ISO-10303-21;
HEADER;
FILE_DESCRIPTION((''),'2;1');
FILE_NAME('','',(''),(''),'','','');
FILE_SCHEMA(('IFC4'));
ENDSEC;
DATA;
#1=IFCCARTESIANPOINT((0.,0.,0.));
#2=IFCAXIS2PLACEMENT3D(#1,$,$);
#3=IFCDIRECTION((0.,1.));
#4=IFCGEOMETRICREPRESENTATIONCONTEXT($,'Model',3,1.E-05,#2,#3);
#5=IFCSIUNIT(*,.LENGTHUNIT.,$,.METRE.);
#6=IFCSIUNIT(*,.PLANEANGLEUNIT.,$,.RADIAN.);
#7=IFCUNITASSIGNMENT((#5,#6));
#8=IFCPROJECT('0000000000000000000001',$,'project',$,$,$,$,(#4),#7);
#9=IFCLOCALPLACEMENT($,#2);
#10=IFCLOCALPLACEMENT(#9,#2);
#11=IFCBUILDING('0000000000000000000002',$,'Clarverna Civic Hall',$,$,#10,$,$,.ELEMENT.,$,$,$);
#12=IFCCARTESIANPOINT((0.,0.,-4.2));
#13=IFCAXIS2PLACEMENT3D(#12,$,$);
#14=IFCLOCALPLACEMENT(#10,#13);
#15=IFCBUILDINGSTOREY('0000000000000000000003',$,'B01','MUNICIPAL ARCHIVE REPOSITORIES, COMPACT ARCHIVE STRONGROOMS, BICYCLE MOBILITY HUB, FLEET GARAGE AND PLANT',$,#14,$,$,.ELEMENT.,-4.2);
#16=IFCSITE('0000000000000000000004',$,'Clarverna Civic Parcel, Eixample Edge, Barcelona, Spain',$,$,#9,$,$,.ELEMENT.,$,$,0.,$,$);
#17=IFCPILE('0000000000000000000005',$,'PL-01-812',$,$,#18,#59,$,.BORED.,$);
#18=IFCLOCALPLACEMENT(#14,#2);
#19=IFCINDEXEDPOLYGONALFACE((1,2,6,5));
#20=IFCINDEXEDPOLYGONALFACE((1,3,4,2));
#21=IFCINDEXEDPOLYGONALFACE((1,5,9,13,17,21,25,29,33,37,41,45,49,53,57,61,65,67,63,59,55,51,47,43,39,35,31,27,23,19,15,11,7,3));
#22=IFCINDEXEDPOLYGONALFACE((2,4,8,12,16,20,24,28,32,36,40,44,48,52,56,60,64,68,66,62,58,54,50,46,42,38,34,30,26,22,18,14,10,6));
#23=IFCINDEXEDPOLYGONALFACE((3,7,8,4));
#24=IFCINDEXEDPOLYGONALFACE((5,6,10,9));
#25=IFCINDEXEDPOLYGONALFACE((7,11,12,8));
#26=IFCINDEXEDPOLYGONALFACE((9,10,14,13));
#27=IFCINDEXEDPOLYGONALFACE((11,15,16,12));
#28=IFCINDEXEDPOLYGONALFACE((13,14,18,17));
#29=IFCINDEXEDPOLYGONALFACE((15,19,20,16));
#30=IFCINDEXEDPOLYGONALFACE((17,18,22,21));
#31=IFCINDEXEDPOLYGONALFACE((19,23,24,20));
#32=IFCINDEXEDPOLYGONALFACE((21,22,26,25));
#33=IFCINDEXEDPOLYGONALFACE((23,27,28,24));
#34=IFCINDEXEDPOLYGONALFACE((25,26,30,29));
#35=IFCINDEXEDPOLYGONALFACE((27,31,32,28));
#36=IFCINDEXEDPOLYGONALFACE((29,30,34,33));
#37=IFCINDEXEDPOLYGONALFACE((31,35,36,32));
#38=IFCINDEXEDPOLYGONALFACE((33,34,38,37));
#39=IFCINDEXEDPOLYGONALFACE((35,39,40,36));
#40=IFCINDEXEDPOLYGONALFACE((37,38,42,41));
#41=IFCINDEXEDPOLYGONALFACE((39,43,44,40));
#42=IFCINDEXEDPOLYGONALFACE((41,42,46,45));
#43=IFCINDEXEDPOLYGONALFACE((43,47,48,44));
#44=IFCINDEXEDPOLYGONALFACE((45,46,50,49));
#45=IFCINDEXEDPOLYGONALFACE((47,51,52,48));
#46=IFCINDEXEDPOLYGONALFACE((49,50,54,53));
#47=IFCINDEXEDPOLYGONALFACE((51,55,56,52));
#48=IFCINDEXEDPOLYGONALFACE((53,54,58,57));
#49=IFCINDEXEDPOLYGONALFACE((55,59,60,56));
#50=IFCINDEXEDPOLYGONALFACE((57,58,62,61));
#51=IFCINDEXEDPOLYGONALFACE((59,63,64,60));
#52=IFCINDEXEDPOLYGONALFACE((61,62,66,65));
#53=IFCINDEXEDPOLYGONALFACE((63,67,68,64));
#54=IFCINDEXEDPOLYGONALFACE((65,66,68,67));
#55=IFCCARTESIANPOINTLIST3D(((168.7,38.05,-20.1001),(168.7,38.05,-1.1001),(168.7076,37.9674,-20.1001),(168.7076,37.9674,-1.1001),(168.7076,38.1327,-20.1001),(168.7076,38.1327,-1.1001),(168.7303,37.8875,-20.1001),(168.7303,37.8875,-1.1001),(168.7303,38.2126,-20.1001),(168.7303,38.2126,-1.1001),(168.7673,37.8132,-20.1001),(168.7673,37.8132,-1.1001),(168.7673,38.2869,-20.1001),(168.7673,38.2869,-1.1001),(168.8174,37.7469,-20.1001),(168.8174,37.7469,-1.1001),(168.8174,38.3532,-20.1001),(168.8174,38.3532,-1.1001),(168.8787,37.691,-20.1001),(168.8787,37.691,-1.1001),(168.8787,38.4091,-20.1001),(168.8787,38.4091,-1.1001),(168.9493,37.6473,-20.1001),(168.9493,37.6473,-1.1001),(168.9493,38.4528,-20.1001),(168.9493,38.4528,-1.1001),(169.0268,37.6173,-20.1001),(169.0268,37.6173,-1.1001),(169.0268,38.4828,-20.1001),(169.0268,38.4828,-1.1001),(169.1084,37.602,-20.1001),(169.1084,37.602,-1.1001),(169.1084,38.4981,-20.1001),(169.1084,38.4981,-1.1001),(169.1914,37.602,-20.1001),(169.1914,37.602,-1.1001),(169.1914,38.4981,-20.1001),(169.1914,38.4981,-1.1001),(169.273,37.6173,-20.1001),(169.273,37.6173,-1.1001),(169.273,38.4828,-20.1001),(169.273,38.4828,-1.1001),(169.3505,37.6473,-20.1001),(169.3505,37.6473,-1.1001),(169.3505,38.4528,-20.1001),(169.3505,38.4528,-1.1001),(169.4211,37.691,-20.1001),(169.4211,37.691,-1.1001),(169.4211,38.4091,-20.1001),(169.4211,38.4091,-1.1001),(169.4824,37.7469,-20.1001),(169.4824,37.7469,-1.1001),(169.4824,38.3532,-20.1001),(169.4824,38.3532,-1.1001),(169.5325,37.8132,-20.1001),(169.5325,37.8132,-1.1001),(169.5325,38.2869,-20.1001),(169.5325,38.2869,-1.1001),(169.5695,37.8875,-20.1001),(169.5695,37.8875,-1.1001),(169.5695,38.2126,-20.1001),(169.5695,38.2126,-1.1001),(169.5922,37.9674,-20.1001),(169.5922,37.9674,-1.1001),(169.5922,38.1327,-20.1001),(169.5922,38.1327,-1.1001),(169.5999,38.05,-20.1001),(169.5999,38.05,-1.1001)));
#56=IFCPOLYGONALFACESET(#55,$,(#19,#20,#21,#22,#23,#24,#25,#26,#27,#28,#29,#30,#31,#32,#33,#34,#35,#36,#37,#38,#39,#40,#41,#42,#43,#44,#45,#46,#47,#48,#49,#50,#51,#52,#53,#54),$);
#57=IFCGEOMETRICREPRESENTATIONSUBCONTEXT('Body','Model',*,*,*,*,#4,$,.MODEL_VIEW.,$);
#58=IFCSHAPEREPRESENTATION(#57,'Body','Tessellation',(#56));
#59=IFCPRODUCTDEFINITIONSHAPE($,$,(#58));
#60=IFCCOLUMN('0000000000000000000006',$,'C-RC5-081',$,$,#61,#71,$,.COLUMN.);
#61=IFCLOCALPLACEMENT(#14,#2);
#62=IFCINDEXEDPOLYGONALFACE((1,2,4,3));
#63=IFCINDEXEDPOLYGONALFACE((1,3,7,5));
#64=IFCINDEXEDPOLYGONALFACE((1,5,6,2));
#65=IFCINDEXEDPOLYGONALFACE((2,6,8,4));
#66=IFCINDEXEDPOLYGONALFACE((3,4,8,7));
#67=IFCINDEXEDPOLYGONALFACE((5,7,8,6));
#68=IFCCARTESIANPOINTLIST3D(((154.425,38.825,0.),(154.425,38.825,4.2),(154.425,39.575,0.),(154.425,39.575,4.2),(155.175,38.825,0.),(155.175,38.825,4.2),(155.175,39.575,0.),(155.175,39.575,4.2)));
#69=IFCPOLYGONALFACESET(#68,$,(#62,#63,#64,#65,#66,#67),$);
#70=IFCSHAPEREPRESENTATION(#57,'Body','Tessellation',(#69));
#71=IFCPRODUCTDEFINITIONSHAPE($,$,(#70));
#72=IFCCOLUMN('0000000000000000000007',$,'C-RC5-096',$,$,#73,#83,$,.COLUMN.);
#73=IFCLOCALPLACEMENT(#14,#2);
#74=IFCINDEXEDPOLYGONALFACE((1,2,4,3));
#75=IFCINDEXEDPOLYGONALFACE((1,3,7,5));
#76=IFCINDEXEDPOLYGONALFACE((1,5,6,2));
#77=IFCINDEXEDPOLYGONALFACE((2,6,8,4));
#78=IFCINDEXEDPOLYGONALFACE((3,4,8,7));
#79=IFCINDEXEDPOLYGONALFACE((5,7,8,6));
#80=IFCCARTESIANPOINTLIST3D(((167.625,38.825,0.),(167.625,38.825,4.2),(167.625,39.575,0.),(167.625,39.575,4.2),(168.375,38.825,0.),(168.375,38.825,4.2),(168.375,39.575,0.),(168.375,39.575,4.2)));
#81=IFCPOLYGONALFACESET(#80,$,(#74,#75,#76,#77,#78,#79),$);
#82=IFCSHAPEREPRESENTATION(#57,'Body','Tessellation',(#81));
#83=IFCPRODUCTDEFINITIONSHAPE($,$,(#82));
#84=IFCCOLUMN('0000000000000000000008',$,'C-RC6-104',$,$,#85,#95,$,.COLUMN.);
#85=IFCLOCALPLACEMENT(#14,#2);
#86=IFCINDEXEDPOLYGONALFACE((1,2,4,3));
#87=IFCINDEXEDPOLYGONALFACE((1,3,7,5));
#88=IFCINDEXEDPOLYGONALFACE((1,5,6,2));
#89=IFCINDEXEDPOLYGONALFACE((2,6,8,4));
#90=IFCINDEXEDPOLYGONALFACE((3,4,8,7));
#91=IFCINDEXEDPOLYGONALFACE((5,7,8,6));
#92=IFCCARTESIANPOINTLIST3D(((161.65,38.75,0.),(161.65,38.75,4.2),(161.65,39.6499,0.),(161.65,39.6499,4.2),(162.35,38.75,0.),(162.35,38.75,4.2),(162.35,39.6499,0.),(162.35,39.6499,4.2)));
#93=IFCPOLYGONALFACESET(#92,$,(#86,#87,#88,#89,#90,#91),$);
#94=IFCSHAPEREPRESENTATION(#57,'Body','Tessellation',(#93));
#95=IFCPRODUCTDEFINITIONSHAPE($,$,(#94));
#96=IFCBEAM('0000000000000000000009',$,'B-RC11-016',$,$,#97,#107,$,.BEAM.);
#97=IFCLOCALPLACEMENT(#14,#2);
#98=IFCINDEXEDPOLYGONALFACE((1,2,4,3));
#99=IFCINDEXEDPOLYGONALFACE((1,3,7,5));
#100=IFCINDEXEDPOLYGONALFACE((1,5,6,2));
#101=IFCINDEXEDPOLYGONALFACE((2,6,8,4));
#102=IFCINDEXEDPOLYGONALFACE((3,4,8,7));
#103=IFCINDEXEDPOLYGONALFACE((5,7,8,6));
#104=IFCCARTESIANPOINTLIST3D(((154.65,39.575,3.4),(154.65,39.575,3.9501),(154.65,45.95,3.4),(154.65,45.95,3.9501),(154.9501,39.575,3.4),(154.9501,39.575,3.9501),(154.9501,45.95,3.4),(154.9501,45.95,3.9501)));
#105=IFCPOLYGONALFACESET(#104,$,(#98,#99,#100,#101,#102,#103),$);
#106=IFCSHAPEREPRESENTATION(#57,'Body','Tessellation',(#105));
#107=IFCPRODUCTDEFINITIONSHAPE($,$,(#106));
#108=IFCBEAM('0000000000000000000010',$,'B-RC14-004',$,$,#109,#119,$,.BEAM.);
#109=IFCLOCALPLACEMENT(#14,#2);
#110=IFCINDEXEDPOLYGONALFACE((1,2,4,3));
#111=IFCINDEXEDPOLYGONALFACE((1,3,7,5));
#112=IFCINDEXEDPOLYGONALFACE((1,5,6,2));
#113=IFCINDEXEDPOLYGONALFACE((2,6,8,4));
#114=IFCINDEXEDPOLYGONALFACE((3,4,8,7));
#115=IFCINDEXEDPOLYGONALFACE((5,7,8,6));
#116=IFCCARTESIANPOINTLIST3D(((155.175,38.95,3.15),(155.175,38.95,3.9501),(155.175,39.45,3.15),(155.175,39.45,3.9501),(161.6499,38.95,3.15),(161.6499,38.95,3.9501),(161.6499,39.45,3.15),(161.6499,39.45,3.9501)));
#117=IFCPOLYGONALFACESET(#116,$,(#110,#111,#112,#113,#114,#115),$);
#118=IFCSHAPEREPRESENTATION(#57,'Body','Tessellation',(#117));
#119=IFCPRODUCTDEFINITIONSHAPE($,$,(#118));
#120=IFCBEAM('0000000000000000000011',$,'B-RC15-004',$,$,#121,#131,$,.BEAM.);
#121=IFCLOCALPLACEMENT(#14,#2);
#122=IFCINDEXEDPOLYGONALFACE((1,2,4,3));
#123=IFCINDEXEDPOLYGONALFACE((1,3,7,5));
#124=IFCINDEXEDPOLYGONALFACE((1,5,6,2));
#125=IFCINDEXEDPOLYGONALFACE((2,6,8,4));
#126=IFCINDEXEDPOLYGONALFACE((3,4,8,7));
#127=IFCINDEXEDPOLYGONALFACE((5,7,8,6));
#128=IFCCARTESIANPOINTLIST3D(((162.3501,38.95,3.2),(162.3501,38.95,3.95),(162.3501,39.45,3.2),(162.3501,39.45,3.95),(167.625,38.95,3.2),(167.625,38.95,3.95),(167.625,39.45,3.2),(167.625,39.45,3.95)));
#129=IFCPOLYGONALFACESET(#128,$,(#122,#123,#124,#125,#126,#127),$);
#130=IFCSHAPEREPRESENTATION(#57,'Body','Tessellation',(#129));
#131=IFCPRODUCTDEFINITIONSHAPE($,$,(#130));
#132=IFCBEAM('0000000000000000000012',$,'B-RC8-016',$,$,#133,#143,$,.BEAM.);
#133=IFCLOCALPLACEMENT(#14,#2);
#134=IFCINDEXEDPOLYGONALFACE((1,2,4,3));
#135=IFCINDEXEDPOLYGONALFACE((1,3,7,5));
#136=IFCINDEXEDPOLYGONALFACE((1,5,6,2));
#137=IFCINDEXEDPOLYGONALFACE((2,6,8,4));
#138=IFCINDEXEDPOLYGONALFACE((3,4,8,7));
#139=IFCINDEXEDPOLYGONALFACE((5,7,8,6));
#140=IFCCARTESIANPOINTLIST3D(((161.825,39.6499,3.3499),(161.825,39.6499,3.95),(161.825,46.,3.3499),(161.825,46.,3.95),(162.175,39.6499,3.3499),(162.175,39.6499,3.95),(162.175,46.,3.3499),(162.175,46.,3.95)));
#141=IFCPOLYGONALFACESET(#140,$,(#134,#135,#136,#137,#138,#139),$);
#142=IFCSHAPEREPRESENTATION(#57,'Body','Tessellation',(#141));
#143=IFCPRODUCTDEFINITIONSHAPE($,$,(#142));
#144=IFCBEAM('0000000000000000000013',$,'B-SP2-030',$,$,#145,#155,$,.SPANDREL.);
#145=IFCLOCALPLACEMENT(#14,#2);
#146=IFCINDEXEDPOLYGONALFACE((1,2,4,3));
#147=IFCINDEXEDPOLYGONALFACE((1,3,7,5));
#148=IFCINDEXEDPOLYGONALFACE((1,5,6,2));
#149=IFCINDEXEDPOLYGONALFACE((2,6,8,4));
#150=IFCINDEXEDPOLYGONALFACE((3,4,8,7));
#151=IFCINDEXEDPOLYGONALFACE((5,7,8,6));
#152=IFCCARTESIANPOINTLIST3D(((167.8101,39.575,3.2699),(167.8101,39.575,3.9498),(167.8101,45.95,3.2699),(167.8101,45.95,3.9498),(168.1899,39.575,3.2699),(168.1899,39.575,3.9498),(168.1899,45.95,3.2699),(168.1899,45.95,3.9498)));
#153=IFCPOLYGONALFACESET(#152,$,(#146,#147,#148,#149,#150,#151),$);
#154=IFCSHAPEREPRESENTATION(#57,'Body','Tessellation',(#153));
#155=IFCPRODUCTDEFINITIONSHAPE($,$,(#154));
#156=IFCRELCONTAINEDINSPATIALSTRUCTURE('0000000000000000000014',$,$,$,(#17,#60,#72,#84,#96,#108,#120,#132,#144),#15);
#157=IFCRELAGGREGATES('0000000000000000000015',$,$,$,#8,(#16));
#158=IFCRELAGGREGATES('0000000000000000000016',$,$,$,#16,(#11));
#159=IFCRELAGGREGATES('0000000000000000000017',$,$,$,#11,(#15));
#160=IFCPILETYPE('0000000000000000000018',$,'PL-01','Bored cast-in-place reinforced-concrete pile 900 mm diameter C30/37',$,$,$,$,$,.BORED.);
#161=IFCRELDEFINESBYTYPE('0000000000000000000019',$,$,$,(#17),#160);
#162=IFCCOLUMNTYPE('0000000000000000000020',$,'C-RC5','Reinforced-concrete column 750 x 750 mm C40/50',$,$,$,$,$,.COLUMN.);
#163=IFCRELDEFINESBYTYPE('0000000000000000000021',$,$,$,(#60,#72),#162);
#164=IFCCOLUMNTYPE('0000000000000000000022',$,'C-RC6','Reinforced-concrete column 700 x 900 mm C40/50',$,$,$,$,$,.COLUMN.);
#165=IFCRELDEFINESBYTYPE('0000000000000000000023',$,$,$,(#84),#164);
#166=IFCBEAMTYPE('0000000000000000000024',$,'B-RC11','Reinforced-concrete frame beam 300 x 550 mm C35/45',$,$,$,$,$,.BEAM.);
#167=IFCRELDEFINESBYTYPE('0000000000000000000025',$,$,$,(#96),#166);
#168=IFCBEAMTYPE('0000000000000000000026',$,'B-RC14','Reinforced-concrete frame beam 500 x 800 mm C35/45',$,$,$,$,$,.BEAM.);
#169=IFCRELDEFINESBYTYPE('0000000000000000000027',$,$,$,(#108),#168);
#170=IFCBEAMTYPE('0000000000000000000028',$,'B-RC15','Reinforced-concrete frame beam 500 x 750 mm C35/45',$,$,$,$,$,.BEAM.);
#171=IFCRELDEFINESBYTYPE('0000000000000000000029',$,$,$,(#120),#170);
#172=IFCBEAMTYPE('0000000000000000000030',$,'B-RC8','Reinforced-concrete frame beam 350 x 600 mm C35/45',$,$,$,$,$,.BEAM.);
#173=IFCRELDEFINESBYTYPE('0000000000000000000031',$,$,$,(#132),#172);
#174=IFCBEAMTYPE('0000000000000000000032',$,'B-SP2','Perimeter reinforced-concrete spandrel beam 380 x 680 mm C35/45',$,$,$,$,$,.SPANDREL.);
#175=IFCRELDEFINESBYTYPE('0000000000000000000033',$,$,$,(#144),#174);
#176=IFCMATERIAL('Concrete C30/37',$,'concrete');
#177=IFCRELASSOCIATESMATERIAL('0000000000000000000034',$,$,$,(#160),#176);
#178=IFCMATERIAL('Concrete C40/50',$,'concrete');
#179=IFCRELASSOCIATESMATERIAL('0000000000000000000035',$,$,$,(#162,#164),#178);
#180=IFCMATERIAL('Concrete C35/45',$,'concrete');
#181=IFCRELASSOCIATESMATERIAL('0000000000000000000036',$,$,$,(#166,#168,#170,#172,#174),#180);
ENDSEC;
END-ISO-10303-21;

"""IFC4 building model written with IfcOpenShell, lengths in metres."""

from ifc_helpers import new_model, si_unit, direction, frame, origin, origin_2d, place, context, subcontext, project, spatial, rectangle, circle, extrude, material, material_profile, profile_set, type_object, element, save


model = new_model("IFC4")

# Units and contexts
model_context = context("Model", 3, precision=1e-05, world=origin(), true_north=direction((0.0, 1.0)))
body_context = subcontext(model_context, "Body", "Model", "MODEL_VIEW")
ifc_project = project(units=[si_unit("LENGTHUNIT", "METRE"), si_unit("PLANEANGLEUNIT", "RADIAN")], contexts=[model_context])

# Site, building, storey
site_placement = place(None, origin())
site = spatial("IfcSite", under=ifc_project, at=site_placement, Name="Clarverna Civic Parcel, Eixample Edge, Barcelona, Spain", CompositionType="ELEMENT", RefElevation=0.0)
building_placement = place(site_placement, origin())
building = spatial("IfcBuilding", under=site, at=building_placement, Name="Clarverna Civic Hall", CompositionType="ELEMENT")
storey_placement = place(building_placement, frame((0.0, 0.0, -4.2)))
storey = spatial("IfcBuildingStorey", under=building, at=storey_placement, Name="B01", Description="MUNICIPAL ARCHIVE REPOSITORIES, COMPACT ARCHIVE STRONGROOMS, BICYCLE MOBILITY HUB, FLEET GARAGE AND PLANT", CompositionType="ELEMENT", Elevation=-4.2)

# Shared definitions
ifc_material_1 = material(Name="Concrete C30/37", Category="concrete")

# Pile
ifc_material_profile_1 = material_profile(ifc_material_1, circle(Radius=0.45, at=origin_2d()), Name="BORED PILE D900")
ifc_profile_set_1 = profile_set([ifc_material_profile_1], Name="Concrete C30/37")
pile_type = type_object("IfcPileType", Name="PL-01", Description="Bored cast-in-place reinforced-concrete pile 900 mm diameter C30/37", PredefinedType="BORED", material=ifc_profile_set_1)
for number, where, z_axis, x_axis, name in (
    (1, (169.1499, 38.05, -1.1001), (0.0, 0.0, -1.0), (1.0, 0.0, 0.0), "PL-01-812"),
):
    element("IfcPile", number, at=place(storey_placement, frame(where, z_axis=z_axis, x_axis=x_axis)), inside=storey, type_object=pile_type, Name=name, PredefinedType="BORED", context=body_context, shape_type="SweptSolid", body=[
        extrude(circle(Radius=0.45, at=origin_2d()), origin(), (0.0, 0.0, 1.0), 19.0),
    ])

# Columns
ifc_material_2 = material(Name="Concrete C40/50", Category="concrete")
ifc_material_profile_2 = material_profile(ifc_material_2, rectangle(XDim=0.75, YDim=0.75, at=origin_2d()), Name="RC 750x750")
ifc_profile_set_2 = profile_set([ifc_material_profile_2], Name="Concrete C40/50")
column_type_1 = type_object("IfcColumnType", Name="C-RC5", Description="Reinforced-concrete column 750 x 750 mm C40/50", PredefinedType="COLUMN", material=ifc_profile_set_2)
for number, where, z_axis, x_axis, name in (
    (2, (154.8, 39.2, 0.0), (0.0, 0.0, 1.0), (1.0, 0.0, 0.0), "C-RC5-081"),
    (3, (168.0, 39.2, 0.0), (0.0, 0.0, 1.0), (1.0, 0.0, 0.0), "C-RC5-096"),
):
    element("IfcColumn", number, at=place(storey_placement, frame(where, z_axis=z_axis, x_axis=x_axis)), inside=storey, type_object=column_type_1, Name=name, PredefinedType="COLUMN", context=body_context, shape_type="SweptSolid", body=[
        extrude(rectangle(XDim=0.75, YDim=0.75, at=origin_2d()), origin(), (0.0, 0.0, 1.0), 4.2),
    ])
ifc_material_profile_3 = material_profile(ifc_material_2, rectangle(XDim=0.7, YDim=0.8999, at=origin_2d()), Name="RC 700x900")
ifc_profile_set_3 = profile_set([ifc_material_profile_3], Name="Concrete C40/50")
column_type_2 = type_object("IfcColumnType", Name="C-RC6", Description="Reinforced-concrete column 700 x 900 mm C40/50", PredefinedType="COLUMN", material=ifc_profile_set_3)
column_placement = place(storey_placement, frame((162.0, 39.2, 0.0), z_axis=(0.0, 0.0, 1.0), x_axis=(1.0, 0.0, 0.0)))
element("IfcColumn", 4, at=column_placement, inside=storey, type_object=column_type_2, Name="C-RC6-104", PredefinedType="COLUMN", context=body_context, shape_type="SweptSolid", body=[
    extrude(rectangle(XDim=0.7, YDim=0.8999, at=origin_2d()), origin(), (0.0, 0.0, 1.0), 4.2),
])

# Beams
ifc_material_3 = material(Name="Concrete C35/45", Category="concrete")
ifc_material_profile_4 = material_profile(ifc_material_3, rectangle(XDim=0.3, YDim=0.55, at=origin_2d()), Name="RC 300x550")
ifc_profile_set_4 = profile_set([ifc_material_profile_4], Name="Concrete C35/45")
beam_type_1 = type_object("IfcBeamType", Name="B-RC11", Description="Reinforced-concrete frame beam 300 x 550 mm C35/45", PredefinedType="BEAM", material=ifc_profile_set_4)
beam_1_placement = place(storey_placement, frame((154.8, 39.575, 3.675), z_axis=(0.0, 1.0, 0.0), x_axis=(-1.0, 0.0, 0.0)))
element("IfcBeam", 5, at=beam_1_placement, inside=storey, type_object=beam_type_1, Name="B-RC11-016", PredefinedType="BEAM", context=body_context, shape_type="SweptSolid", body=[
    extrude(rectangle(XDim=0.3, YDim=0.55, at=origin_2d()), origin(), (0.0, 0.0, 1.0), 6.375),
])
ifc_material_profile_5 = material_profile(ifc_material_3, rectangle(XDim=0.5, YDim=0.8, at=origin_2d()), Name="RC 500x800")
ifc_profile_set_5 = profile_set([ifc_material_profile_5], Name="Concrete C35/45")
beam_type_2 = type_object("IfcBeamType", Name="B-RC14", Description="Reinforced-concrete frame beam 500 x 800 mm C35/45", PredefinedType="BEAM", material=ifc_profile_set_5)
beam_2_placement = place(storey_placement, frame((155.175, 39.2, 3.55), z_axis=(1.0, 0.0, 0.0), x_axis=(0.0, 1.0, 0.0)))
element("IfcBeam", 6, at=beam_2_placement, inside=storey, type_object=beam_type_2, Name="B-RC14-004", PredefinedType="BEAM", context=body_context, shape_type="SweptSolid", body=[
    extrude(rectangle(XDim=0.5, YDim=0.8, at=origin_2d()), origin(), (0.0, 0.0, 1.0), 6.4749),
])
ifc_material_profile_6 = material_profile(ifc_material_3, rectangle(XDim=0.5, YDim=0.75, at=origin_2d()), Name="RC 500x750")
ifc_profile_set_6 = profile_set([ifc_material_profile_6], Name="Concrete C35/45")
beam_type_3 = type_object("IfcBeamType", Name="B-RC15", Description="Reinforced-concrete frame beam 500 x 750 mm C35/45", PredefinedType="BEAM", material=ifc_profile_set_6)
beam_3_placement = place(storey_placement, frame((162.3501, 39.2, 3.575), z_axis=(1.0, 0.0, 0.0), x_axis=(0.0, 1.0, 0.0)))
element("IfcBeam", 7, at=beam_3_placement, inside=storey, type_object=beam_type_3, Name="B-RC15-004", PredefinedType="BEAM", context=body_context, shape_type="SweptSolid", body=[
    extrude(rectangle(XDim=0.5, YDim=0.75, at=origin_2d()), origin(), (0.0, 0.0, 1.0), 5.2749),
])
ifc_material_profile_7 = material_profile(ifc_material_3, rectangle(XDim=0.3501, YDim=0.6001, at=origin_2d()), Name="RC 350x600")
ifc_profile_set_7 = profile_set([ifc_material_profile_7], Name="Concrete C35/45")
beam_type_4 = type_object("IfcBeamType", Name="B-RC8", Description="Reinforced-concrete frame beam 350 x 600 mm C35/45", PredefinedType="BEAM", material=ifc_profile_set_7)
beam_4_placement = place(storey_placement, frame((162.0, 39.6499, 3.6499), z_axis=(0.0, 1.0, 0.0), x_axis=(-1.0, 0.0, 0.0)))
element("IfcBeam", 8, at=beam_4_placement, inside=storey, type_object=beam_type_4, Name="B-RC8-016", PredefinedType="BEAM", context=body_context, shape_type="SweptSolid", body=[
    extrude(rectangle(XDim=0.3501, YDim=0.6001, at=origin_2d()), origin(), (0.0, 0.0, 1.0), 6.3501),
])
ifc_material_profile_8 = material_profile(ifc_material_3, rectangle(XDim=0.3799, YDim=0.6799, at=origin_2d()), Name="RC 380x680")
ifc_profile_set_8 = profile_set([ifc_material_profile_8], Name="Concrete C35/45")
beam_type_5 = type_object("IfcBeamType", Name="B-SP2", Description="Perimeter reinforced-concrete spandrel beam 380 x 680 mm C35/45", PredefinedType="SPANDREL", material=ifc_profile_set_8)
beam_5_placement = place(storey_placement, frame((168.0, 39.575, 3.6099), z_axis=(0.0, 1.0, 0.0), x_axis=(-1.0, 0.0, 0.0)))
element("IfcBeam", 9, at=beam_5_placement, inside=storey, type_object=beam_type_5, Name="B-SP2-030", PredefinedType="SPANDREL", context=body_context, shape_type="SweptSolid", body=[
    extrude(rectangle(XDim=0.3799, YDim=0.6799, at=origin_2d()), origin(), (0.0, 0.0, 1.0), 6.375),
])

save(model, "model.ifc")
